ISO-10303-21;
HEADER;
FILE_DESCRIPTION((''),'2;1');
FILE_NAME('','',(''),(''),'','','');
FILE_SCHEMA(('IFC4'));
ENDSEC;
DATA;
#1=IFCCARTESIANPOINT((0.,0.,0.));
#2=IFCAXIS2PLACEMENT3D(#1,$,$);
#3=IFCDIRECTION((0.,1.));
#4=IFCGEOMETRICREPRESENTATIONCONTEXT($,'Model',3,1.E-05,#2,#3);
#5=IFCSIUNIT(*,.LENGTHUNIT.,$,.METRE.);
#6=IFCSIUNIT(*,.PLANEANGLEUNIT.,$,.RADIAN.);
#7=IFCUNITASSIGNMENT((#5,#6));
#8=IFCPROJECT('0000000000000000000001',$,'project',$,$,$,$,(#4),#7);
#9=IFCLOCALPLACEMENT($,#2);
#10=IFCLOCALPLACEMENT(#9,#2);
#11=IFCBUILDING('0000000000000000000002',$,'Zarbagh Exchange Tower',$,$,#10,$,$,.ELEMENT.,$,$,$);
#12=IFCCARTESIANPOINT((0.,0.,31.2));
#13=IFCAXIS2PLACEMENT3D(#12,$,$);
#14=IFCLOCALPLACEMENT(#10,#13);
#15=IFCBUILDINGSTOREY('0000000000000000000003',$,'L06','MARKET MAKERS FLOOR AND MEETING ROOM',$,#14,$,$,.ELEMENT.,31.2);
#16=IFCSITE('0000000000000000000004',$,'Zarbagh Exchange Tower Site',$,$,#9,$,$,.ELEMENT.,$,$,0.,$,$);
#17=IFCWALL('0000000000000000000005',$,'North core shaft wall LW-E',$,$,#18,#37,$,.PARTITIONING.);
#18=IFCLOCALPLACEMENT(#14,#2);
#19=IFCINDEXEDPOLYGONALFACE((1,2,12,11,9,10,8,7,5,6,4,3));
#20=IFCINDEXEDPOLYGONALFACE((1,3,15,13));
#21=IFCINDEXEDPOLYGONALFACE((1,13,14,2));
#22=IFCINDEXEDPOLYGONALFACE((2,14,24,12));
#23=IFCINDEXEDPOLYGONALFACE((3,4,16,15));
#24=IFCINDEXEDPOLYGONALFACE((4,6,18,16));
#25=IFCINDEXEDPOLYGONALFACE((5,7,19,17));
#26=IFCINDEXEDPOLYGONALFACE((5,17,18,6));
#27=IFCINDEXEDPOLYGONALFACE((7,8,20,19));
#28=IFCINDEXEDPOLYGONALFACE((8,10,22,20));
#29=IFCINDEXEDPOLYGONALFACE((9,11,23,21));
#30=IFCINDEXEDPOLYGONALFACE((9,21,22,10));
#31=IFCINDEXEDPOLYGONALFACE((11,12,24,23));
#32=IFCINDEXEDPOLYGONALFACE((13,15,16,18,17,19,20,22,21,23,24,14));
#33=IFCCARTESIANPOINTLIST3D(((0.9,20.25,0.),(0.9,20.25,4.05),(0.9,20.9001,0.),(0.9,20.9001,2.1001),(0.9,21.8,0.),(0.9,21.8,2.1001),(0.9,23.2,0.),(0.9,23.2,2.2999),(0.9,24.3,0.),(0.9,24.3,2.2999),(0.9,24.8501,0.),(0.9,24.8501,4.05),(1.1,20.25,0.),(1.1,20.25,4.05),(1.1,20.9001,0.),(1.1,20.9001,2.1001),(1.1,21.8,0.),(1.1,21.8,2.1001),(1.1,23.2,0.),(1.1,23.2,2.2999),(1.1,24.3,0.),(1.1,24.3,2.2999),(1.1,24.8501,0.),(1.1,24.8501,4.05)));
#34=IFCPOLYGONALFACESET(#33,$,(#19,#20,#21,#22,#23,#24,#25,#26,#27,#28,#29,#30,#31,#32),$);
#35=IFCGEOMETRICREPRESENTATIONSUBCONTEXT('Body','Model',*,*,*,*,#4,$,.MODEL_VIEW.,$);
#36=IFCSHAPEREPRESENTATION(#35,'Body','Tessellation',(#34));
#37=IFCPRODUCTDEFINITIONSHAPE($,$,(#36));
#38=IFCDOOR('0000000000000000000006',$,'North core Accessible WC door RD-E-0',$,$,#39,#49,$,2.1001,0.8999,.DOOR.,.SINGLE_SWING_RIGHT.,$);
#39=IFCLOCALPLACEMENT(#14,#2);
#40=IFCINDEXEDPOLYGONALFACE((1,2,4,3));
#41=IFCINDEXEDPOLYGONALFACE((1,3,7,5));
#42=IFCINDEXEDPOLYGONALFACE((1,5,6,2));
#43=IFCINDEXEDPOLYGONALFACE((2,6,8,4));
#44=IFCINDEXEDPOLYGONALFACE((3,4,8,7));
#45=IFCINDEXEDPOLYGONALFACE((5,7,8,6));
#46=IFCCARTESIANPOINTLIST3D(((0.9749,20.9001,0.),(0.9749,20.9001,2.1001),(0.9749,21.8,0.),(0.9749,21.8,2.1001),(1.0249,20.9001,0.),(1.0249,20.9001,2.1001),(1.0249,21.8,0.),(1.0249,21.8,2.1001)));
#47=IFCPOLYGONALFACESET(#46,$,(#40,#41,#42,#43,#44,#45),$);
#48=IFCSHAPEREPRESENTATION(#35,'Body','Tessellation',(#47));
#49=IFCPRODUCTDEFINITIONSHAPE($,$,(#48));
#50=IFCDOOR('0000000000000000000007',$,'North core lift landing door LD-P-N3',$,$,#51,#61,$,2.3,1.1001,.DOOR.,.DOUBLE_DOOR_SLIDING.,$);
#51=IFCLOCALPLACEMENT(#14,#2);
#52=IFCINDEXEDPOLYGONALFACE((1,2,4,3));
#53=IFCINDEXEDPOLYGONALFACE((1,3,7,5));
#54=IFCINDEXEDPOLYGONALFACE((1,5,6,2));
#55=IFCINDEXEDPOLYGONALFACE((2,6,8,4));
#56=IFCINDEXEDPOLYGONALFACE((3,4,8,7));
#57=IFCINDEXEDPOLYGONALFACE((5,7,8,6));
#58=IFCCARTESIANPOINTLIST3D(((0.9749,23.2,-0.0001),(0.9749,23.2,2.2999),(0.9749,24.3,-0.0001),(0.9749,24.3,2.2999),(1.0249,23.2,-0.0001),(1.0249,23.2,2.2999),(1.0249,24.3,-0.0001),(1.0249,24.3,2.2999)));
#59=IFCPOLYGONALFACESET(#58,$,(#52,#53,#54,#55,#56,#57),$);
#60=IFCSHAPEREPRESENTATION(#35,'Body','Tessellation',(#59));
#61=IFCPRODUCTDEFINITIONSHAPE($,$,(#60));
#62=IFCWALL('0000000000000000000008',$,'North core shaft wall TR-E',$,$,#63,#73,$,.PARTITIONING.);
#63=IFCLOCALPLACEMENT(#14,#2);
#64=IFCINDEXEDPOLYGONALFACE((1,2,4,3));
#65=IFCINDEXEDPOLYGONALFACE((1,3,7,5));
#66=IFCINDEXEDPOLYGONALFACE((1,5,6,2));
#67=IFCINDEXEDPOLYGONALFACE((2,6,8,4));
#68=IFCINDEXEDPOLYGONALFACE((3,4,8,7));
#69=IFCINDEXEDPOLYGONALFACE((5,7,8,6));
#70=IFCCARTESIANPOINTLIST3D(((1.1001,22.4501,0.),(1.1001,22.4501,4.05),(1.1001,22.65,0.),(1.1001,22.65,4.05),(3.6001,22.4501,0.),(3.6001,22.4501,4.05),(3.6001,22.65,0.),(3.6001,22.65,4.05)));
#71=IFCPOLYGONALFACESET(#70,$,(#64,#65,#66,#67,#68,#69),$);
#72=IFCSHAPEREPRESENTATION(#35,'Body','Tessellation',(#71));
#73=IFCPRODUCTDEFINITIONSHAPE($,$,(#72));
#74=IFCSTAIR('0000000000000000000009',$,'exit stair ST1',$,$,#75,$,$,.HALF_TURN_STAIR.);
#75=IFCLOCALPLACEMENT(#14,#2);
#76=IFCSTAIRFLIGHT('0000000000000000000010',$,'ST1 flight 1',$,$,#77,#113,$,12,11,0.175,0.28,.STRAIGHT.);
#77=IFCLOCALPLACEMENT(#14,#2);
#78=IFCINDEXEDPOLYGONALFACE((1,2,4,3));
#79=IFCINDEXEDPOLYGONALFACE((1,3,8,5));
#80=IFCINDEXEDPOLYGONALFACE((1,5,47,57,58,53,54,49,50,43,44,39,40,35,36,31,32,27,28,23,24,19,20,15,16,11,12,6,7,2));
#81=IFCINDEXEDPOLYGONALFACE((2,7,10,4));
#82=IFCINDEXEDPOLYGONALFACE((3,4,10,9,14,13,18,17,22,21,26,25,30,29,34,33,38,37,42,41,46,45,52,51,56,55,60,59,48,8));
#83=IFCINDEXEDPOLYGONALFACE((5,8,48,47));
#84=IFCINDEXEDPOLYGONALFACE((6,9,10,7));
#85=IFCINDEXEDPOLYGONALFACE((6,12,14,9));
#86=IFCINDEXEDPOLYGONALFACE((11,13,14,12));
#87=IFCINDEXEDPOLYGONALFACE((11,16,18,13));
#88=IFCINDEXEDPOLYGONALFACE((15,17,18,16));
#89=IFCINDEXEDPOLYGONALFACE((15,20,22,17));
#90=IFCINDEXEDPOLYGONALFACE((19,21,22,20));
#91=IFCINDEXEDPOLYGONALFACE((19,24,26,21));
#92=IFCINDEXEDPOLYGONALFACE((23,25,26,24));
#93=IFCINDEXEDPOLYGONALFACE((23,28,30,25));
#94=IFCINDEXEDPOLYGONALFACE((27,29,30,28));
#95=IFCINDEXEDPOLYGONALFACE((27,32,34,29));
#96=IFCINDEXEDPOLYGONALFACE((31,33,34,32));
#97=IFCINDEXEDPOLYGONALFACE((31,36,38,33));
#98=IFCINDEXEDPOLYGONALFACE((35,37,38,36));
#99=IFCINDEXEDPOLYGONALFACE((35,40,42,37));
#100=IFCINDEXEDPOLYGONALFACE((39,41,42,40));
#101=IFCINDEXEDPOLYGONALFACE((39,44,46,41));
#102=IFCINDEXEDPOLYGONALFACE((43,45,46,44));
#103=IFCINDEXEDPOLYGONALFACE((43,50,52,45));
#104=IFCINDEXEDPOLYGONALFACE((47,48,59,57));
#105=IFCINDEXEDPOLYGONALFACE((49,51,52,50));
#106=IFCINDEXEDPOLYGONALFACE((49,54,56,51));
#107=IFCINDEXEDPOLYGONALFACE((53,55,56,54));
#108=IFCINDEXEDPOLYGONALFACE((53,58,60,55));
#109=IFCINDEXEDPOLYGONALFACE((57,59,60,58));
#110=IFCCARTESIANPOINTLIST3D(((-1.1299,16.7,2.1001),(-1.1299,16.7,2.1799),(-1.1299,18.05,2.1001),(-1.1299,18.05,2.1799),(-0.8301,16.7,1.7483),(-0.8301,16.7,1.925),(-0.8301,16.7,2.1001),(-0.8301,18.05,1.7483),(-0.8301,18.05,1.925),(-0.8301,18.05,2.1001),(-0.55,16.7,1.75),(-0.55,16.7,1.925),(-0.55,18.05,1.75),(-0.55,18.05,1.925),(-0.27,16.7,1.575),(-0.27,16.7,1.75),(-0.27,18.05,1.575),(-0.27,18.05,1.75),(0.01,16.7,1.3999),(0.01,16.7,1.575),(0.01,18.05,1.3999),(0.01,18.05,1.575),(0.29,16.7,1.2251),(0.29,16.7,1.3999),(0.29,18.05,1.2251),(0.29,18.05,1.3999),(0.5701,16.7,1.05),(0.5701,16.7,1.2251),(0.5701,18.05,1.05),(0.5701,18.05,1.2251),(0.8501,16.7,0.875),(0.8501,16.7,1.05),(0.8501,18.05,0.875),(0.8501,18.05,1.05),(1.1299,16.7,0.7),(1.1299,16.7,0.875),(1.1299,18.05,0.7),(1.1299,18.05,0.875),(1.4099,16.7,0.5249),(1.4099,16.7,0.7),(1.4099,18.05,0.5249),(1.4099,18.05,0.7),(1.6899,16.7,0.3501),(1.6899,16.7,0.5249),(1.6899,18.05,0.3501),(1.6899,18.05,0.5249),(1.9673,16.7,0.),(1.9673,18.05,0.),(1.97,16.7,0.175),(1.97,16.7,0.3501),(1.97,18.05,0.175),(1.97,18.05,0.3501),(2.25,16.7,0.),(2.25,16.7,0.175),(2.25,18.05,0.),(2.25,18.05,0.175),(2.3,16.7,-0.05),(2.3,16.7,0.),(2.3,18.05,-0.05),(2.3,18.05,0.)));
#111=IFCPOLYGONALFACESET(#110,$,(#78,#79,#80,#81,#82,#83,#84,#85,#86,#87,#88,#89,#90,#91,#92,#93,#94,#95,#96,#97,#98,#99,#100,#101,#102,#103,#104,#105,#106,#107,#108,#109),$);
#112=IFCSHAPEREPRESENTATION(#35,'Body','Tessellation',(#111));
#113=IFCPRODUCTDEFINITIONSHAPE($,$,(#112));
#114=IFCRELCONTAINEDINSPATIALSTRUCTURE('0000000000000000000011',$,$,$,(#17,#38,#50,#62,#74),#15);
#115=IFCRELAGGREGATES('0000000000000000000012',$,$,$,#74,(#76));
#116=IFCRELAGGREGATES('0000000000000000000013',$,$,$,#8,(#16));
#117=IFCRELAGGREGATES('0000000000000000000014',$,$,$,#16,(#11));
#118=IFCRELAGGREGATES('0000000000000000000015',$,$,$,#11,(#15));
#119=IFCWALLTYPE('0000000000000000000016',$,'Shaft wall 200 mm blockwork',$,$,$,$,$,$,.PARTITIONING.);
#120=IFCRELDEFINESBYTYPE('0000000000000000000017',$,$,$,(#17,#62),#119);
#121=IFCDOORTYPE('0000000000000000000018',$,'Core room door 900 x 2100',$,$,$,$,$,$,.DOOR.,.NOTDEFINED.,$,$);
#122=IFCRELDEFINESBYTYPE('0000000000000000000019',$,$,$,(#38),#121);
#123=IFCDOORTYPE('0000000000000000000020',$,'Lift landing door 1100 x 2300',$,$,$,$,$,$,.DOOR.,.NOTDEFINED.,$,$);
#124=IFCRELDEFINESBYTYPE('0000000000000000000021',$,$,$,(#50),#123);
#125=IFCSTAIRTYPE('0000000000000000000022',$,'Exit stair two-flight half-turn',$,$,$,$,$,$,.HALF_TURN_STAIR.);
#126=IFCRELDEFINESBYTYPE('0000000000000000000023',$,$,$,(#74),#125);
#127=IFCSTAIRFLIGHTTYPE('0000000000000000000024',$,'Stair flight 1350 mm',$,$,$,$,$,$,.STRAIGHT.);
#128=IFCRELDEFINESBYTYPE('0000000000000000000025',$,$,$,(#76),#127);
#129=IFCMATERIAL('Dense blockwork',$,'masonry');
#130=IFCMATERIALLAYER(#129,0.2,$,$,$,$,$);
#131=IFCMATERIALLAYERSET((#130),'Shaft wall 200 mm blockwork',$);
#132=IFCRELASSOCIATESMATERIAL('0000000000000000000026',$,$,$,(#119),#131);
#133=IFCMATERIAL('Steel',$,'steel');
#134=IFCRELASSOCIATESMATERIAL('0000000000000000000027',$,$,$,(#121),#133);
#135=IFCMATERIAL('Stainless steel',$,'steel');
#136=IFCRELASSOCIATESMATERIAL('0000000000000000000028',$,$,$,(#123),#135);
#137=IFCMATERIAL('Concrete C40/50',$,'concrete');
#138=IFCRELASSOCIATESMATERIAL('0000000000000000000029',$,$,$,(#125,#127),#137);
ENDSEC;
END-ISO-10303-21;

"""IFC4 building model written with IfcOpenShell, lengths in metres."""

from ifc_helpers import new_model, si_unit, direction, frame, frame_2d, origin, place, context, subcontext, project, spatial, polyline, rectangle, outline, extrude, material, layer, layer_set, type_object, element, fill, aggregate, save


model = new_model("IFC4")

# Units and contexts
model_context = context("Model", 3, precision=1e-05, world=origin(), true_north=direction((0.0, 1.0)))
body_context = subcontext(model_context, "Body", "Model", "MODEL_VIEW")
ifc_project = project(units=[si_unit("LENGTHUNIT", "METRE"), si_unit("PLANEANGLEUNIT", "RADIAN")], contexts=[model_context])

# Site, building, storey
site_placement = place(None, origin())
site = spatial("IfcSite", under=ifc_project, at=site_placement, Name="Zarbagh Exchange Tower Site", CompositionType="ELEMENT", RefElevation=0.0)
building_placement = place(site_placement, origin())
building = spatial("IfcBuilding", under=site, at=building_placement, Name="Zarbagh Exchange Tower", CompositionType="ELEMENT")
storey_placement = place(building_placement, frame((0.0, 0.0, 31.2)))
storey = spatial("IfcBuildingStorey", under=building, at=storey_placement, Name="L06", Description="MARKET MAKERS FLOOR AND MEETING ROOM", CompositionType="ELEMENT", Elevation=31.2)

# Wall, openings, doors
ifc_material_1 = material(Name="Steel", Category="steel")
ifc_material_2 = material(Name="Dense blockwork", Category="masonry")
ifc_layer_1 = layer(ifc_material_2, 0.2)
ifc_layer_set_1 = layer_set([ifc_layer_1], Name="Shaft wall 200 mm blockwork")
wall_type_1 = type_object("IfcWallType", Name="Shaft wall 200 mm blockwork", PredefinedType="PARTITIONING", material=ifc_layer_set_1)
wall_1_placement = place(storey_placement, frame((1.0, 24.8501, 0.0), z_axis=(0.0, 0.0, 1.0), x_axis=(0.0, -1.0, 0.0)))
wall_1 = element("IfcWall", 1, at=wall_1_placement, inside=storey, type_object=wall_type_1, Name="North core shaft wall LW-E", PredefinedType="PARTITIONING", context=body_context, shape_type="SweptSolid", body=[
    extrude(rectangle(XDim=4.6001, YDim=0.2, at=frame_2d((2.3, 0.0))), origin(), (0.0, 0.0, 1.0), 4.05),
])
opening_1_placement = place(wall_1_placement, frame((0.55, 0.0, 0.0)))
opening_1 = element("IfcOpeningElement", 2, at=opening_1_placement, cuts=wall_1, PredefinedType="OPENING", context=body_context, shape_type="SweptSolid", body=[
    extrude(rectangle(XDim=1.1001, YDim=2.3, at=frame_2d((0.55, 1.1499))), frame((0.0, 0.1099, 0.0), z_axis=(0.0, -1.0, 0.0), x_axis=(1.0, 0.0, 0.0)), (0.0, 0.0, 1.0), 0.22),
])
opening_2_placement = place(wall_1_placement, frame((3.05, 0.0, 0.0)))
opening_2 = element("IfcOpeningElement", 3, at=opening_2_placement, cuts=wall_1, PredefinedType="OPENING", context=body_context, shape_type="SweptSolid", body=[
    extrude(rectangle(XDim=0.8999, YDim=2.1001, at=frame_2d((0.45, 1.05))), frame((0.0, 0.1099, 0.0), z_axis=(0.0, -1.0, 0.0), x_axis=(1.0, 0.0, 0.0)), (0.0, 0.0, 1.0), 0.22),
])
door_type_1 = type_object("IfcDoorType", Name="Core room door 900 x 2100", OperationType="NOTDEFINED", PredefinedType="DOOR", material=ifc_material_1)
door_1_placement = place(opening_2_placement, origin())
door_1 = element("IfcDoor", 4, at=door_1_placement, inside=storey, type_object=door_type_1, Name="North core Accessible WC door RD-E-0", OperationType="SINGLE_SWING_RIGHT", OverallHeight=2.1001, OverallWidth=0.8999, PredefinedType="DOOR", context=body_context, shape_type="SweptSolid", body=[
    extrude(rectangle(XDim=0.8999, YDim=2.1001, at=frame_2d((0.45, 1.05))), frame((0.0, 0.0249, 0.0), z_axis=(0.0, -1.0, 0.0), x_axis=(1.0, 0.0, 0.0)), (0.0, 0.0, 1.0), 0.05),
])
fill(opening_2, door_1)
ifc_material_3 = material(Name="Stainless steel", Category="steel")
door_type_2 = type_object("IfcDoorType", Name="Lift landing door 1100 x 2300", OperationType="NOTDEFINED", PredefinedType="DOOR", material=ifc_material_3)
door_2_placement = place(opening_1_placement, origin())
door_2 = element("IfcDoor", 5, at=door_2_placement, inside=storey, type_object=door_type_2, Name="North core lift landing door LD-P-N3", OperationType="DOUBLE_DOOR_SLIDING", OverallHeight=2.3, OverallWidth=1.1001, PredefinedType="DOOR", context=body_context, shape_type="SweptSolid", body=[
    extrude(rectangle(XDim=1.1001, YDim=2.3, at=frame_2d((0.55, 1.1499))), frame((0.0, 0.0249, 0.0), z_axis=(0.0, -1.0, 0.0), x_axis=(1.0, 0.0, 0.0)), (0.0, 0.0, 1.0), 0.05),
])
fill(opening_1, door_2)

# Wall
wall_2_placement = place(storey_placement, frame((1.1001, 22.55, 0.0), z_axis=(0.0, 0.0, 1.0), x_axis=(1.0, 0.0, 0.0)))
element("IfcWall", 6, at=wall_2_placement, inside=storey, type_object=wall_type_1, Name="North core shaft wall TR-E", PredefinedType="PARTITIONING", context=body_context, shape_type="SweptSolid", body=[
    extrude(rectangle(XDim=2.5, YDim=0.2, at=frame_2d((1.25, 0.0))), origin(), (0.0, 0.0, 1.0), 4.05),
])

# Stair, stair flight
ifc_material_4 = material(Name="Concrete C40/50", Category="concrete")
stair_type = type_object("IfcStairType", Name="Exit stair two-flight half-turn", PredefinedType="HALF_TURN_STAIR", material=ifc_material_4)
stair_placement = place(storey_placement, origin())
stair = element("IfcStair", 7, at=stair_placement, inside=storey, type_object=stair_type, Name="exit stair ST1", PredefinedType="HALF_TURN_STAIR")
stair_flight_type = type_object("IfcStairFlightType", Name="Stair flight 1350 mm", PredefinedType="STRAIGHT", material=ifc_material_4)
stair_flight_placement = place(storey_placement, frame((2.25, 17.375, 0.0), z_axis=(0.0, 0.0, 1.0), x_axis=(-1.0, 0.0, 0.0)))
stair_flight = element("IfcStairFlight", 8, at=stair_flight_placement, type_object=stair_flight_type, Name="ST1 flight 1", NumberOfRisers=12, NumberOfTreads=11, PredefinedType="STRAIGHT", RiserHeight=0.175, TreadLength=0.28, context=body_context, shape_type="SweptSolid", body=[
    extrude(outline(polyline([(-0.05, -0.05), (-0.05, 0.0), (0.0, 0.0), (0.0, 0.175), (0.28, 0.175), (0.28, 0.3501), (0.5601, 0.3501), (0.5601, 0.5249), (0.8401, 0.5249), (0.8401, 0.7), (1.1201, 0.7), (1.1201, 0.875), (1.3999, 0.875), (1.3999, 1.05), (1.6799, 1.05), (1.6799, 1.2251), (1.96, 1.2251), (1.96, 1.3999), (2.24, 1.3999), (2.24, 1.575), (2.52, 1.575), (2.52, 1.75), (2.8, 1.75), (2.8, 1.925), (3.0801, 1.925), (3.0801, 2.1001), (3.3799, 2.1799), (3.3799, 2.1001), (3.0801, 1.7483), (0.2827, 0.0), (-0.05, -0.05)])), frame((0.0, 0.675, 0.0), z_axis=(0.0, -1.0, 0.0), x_axis=(1.0, 0.0, 0.0)), (0.0, 0.0, 1.0), 1.3501),
])
aggregate(stair, [stair_flight])

save(model, "model.ifc")
